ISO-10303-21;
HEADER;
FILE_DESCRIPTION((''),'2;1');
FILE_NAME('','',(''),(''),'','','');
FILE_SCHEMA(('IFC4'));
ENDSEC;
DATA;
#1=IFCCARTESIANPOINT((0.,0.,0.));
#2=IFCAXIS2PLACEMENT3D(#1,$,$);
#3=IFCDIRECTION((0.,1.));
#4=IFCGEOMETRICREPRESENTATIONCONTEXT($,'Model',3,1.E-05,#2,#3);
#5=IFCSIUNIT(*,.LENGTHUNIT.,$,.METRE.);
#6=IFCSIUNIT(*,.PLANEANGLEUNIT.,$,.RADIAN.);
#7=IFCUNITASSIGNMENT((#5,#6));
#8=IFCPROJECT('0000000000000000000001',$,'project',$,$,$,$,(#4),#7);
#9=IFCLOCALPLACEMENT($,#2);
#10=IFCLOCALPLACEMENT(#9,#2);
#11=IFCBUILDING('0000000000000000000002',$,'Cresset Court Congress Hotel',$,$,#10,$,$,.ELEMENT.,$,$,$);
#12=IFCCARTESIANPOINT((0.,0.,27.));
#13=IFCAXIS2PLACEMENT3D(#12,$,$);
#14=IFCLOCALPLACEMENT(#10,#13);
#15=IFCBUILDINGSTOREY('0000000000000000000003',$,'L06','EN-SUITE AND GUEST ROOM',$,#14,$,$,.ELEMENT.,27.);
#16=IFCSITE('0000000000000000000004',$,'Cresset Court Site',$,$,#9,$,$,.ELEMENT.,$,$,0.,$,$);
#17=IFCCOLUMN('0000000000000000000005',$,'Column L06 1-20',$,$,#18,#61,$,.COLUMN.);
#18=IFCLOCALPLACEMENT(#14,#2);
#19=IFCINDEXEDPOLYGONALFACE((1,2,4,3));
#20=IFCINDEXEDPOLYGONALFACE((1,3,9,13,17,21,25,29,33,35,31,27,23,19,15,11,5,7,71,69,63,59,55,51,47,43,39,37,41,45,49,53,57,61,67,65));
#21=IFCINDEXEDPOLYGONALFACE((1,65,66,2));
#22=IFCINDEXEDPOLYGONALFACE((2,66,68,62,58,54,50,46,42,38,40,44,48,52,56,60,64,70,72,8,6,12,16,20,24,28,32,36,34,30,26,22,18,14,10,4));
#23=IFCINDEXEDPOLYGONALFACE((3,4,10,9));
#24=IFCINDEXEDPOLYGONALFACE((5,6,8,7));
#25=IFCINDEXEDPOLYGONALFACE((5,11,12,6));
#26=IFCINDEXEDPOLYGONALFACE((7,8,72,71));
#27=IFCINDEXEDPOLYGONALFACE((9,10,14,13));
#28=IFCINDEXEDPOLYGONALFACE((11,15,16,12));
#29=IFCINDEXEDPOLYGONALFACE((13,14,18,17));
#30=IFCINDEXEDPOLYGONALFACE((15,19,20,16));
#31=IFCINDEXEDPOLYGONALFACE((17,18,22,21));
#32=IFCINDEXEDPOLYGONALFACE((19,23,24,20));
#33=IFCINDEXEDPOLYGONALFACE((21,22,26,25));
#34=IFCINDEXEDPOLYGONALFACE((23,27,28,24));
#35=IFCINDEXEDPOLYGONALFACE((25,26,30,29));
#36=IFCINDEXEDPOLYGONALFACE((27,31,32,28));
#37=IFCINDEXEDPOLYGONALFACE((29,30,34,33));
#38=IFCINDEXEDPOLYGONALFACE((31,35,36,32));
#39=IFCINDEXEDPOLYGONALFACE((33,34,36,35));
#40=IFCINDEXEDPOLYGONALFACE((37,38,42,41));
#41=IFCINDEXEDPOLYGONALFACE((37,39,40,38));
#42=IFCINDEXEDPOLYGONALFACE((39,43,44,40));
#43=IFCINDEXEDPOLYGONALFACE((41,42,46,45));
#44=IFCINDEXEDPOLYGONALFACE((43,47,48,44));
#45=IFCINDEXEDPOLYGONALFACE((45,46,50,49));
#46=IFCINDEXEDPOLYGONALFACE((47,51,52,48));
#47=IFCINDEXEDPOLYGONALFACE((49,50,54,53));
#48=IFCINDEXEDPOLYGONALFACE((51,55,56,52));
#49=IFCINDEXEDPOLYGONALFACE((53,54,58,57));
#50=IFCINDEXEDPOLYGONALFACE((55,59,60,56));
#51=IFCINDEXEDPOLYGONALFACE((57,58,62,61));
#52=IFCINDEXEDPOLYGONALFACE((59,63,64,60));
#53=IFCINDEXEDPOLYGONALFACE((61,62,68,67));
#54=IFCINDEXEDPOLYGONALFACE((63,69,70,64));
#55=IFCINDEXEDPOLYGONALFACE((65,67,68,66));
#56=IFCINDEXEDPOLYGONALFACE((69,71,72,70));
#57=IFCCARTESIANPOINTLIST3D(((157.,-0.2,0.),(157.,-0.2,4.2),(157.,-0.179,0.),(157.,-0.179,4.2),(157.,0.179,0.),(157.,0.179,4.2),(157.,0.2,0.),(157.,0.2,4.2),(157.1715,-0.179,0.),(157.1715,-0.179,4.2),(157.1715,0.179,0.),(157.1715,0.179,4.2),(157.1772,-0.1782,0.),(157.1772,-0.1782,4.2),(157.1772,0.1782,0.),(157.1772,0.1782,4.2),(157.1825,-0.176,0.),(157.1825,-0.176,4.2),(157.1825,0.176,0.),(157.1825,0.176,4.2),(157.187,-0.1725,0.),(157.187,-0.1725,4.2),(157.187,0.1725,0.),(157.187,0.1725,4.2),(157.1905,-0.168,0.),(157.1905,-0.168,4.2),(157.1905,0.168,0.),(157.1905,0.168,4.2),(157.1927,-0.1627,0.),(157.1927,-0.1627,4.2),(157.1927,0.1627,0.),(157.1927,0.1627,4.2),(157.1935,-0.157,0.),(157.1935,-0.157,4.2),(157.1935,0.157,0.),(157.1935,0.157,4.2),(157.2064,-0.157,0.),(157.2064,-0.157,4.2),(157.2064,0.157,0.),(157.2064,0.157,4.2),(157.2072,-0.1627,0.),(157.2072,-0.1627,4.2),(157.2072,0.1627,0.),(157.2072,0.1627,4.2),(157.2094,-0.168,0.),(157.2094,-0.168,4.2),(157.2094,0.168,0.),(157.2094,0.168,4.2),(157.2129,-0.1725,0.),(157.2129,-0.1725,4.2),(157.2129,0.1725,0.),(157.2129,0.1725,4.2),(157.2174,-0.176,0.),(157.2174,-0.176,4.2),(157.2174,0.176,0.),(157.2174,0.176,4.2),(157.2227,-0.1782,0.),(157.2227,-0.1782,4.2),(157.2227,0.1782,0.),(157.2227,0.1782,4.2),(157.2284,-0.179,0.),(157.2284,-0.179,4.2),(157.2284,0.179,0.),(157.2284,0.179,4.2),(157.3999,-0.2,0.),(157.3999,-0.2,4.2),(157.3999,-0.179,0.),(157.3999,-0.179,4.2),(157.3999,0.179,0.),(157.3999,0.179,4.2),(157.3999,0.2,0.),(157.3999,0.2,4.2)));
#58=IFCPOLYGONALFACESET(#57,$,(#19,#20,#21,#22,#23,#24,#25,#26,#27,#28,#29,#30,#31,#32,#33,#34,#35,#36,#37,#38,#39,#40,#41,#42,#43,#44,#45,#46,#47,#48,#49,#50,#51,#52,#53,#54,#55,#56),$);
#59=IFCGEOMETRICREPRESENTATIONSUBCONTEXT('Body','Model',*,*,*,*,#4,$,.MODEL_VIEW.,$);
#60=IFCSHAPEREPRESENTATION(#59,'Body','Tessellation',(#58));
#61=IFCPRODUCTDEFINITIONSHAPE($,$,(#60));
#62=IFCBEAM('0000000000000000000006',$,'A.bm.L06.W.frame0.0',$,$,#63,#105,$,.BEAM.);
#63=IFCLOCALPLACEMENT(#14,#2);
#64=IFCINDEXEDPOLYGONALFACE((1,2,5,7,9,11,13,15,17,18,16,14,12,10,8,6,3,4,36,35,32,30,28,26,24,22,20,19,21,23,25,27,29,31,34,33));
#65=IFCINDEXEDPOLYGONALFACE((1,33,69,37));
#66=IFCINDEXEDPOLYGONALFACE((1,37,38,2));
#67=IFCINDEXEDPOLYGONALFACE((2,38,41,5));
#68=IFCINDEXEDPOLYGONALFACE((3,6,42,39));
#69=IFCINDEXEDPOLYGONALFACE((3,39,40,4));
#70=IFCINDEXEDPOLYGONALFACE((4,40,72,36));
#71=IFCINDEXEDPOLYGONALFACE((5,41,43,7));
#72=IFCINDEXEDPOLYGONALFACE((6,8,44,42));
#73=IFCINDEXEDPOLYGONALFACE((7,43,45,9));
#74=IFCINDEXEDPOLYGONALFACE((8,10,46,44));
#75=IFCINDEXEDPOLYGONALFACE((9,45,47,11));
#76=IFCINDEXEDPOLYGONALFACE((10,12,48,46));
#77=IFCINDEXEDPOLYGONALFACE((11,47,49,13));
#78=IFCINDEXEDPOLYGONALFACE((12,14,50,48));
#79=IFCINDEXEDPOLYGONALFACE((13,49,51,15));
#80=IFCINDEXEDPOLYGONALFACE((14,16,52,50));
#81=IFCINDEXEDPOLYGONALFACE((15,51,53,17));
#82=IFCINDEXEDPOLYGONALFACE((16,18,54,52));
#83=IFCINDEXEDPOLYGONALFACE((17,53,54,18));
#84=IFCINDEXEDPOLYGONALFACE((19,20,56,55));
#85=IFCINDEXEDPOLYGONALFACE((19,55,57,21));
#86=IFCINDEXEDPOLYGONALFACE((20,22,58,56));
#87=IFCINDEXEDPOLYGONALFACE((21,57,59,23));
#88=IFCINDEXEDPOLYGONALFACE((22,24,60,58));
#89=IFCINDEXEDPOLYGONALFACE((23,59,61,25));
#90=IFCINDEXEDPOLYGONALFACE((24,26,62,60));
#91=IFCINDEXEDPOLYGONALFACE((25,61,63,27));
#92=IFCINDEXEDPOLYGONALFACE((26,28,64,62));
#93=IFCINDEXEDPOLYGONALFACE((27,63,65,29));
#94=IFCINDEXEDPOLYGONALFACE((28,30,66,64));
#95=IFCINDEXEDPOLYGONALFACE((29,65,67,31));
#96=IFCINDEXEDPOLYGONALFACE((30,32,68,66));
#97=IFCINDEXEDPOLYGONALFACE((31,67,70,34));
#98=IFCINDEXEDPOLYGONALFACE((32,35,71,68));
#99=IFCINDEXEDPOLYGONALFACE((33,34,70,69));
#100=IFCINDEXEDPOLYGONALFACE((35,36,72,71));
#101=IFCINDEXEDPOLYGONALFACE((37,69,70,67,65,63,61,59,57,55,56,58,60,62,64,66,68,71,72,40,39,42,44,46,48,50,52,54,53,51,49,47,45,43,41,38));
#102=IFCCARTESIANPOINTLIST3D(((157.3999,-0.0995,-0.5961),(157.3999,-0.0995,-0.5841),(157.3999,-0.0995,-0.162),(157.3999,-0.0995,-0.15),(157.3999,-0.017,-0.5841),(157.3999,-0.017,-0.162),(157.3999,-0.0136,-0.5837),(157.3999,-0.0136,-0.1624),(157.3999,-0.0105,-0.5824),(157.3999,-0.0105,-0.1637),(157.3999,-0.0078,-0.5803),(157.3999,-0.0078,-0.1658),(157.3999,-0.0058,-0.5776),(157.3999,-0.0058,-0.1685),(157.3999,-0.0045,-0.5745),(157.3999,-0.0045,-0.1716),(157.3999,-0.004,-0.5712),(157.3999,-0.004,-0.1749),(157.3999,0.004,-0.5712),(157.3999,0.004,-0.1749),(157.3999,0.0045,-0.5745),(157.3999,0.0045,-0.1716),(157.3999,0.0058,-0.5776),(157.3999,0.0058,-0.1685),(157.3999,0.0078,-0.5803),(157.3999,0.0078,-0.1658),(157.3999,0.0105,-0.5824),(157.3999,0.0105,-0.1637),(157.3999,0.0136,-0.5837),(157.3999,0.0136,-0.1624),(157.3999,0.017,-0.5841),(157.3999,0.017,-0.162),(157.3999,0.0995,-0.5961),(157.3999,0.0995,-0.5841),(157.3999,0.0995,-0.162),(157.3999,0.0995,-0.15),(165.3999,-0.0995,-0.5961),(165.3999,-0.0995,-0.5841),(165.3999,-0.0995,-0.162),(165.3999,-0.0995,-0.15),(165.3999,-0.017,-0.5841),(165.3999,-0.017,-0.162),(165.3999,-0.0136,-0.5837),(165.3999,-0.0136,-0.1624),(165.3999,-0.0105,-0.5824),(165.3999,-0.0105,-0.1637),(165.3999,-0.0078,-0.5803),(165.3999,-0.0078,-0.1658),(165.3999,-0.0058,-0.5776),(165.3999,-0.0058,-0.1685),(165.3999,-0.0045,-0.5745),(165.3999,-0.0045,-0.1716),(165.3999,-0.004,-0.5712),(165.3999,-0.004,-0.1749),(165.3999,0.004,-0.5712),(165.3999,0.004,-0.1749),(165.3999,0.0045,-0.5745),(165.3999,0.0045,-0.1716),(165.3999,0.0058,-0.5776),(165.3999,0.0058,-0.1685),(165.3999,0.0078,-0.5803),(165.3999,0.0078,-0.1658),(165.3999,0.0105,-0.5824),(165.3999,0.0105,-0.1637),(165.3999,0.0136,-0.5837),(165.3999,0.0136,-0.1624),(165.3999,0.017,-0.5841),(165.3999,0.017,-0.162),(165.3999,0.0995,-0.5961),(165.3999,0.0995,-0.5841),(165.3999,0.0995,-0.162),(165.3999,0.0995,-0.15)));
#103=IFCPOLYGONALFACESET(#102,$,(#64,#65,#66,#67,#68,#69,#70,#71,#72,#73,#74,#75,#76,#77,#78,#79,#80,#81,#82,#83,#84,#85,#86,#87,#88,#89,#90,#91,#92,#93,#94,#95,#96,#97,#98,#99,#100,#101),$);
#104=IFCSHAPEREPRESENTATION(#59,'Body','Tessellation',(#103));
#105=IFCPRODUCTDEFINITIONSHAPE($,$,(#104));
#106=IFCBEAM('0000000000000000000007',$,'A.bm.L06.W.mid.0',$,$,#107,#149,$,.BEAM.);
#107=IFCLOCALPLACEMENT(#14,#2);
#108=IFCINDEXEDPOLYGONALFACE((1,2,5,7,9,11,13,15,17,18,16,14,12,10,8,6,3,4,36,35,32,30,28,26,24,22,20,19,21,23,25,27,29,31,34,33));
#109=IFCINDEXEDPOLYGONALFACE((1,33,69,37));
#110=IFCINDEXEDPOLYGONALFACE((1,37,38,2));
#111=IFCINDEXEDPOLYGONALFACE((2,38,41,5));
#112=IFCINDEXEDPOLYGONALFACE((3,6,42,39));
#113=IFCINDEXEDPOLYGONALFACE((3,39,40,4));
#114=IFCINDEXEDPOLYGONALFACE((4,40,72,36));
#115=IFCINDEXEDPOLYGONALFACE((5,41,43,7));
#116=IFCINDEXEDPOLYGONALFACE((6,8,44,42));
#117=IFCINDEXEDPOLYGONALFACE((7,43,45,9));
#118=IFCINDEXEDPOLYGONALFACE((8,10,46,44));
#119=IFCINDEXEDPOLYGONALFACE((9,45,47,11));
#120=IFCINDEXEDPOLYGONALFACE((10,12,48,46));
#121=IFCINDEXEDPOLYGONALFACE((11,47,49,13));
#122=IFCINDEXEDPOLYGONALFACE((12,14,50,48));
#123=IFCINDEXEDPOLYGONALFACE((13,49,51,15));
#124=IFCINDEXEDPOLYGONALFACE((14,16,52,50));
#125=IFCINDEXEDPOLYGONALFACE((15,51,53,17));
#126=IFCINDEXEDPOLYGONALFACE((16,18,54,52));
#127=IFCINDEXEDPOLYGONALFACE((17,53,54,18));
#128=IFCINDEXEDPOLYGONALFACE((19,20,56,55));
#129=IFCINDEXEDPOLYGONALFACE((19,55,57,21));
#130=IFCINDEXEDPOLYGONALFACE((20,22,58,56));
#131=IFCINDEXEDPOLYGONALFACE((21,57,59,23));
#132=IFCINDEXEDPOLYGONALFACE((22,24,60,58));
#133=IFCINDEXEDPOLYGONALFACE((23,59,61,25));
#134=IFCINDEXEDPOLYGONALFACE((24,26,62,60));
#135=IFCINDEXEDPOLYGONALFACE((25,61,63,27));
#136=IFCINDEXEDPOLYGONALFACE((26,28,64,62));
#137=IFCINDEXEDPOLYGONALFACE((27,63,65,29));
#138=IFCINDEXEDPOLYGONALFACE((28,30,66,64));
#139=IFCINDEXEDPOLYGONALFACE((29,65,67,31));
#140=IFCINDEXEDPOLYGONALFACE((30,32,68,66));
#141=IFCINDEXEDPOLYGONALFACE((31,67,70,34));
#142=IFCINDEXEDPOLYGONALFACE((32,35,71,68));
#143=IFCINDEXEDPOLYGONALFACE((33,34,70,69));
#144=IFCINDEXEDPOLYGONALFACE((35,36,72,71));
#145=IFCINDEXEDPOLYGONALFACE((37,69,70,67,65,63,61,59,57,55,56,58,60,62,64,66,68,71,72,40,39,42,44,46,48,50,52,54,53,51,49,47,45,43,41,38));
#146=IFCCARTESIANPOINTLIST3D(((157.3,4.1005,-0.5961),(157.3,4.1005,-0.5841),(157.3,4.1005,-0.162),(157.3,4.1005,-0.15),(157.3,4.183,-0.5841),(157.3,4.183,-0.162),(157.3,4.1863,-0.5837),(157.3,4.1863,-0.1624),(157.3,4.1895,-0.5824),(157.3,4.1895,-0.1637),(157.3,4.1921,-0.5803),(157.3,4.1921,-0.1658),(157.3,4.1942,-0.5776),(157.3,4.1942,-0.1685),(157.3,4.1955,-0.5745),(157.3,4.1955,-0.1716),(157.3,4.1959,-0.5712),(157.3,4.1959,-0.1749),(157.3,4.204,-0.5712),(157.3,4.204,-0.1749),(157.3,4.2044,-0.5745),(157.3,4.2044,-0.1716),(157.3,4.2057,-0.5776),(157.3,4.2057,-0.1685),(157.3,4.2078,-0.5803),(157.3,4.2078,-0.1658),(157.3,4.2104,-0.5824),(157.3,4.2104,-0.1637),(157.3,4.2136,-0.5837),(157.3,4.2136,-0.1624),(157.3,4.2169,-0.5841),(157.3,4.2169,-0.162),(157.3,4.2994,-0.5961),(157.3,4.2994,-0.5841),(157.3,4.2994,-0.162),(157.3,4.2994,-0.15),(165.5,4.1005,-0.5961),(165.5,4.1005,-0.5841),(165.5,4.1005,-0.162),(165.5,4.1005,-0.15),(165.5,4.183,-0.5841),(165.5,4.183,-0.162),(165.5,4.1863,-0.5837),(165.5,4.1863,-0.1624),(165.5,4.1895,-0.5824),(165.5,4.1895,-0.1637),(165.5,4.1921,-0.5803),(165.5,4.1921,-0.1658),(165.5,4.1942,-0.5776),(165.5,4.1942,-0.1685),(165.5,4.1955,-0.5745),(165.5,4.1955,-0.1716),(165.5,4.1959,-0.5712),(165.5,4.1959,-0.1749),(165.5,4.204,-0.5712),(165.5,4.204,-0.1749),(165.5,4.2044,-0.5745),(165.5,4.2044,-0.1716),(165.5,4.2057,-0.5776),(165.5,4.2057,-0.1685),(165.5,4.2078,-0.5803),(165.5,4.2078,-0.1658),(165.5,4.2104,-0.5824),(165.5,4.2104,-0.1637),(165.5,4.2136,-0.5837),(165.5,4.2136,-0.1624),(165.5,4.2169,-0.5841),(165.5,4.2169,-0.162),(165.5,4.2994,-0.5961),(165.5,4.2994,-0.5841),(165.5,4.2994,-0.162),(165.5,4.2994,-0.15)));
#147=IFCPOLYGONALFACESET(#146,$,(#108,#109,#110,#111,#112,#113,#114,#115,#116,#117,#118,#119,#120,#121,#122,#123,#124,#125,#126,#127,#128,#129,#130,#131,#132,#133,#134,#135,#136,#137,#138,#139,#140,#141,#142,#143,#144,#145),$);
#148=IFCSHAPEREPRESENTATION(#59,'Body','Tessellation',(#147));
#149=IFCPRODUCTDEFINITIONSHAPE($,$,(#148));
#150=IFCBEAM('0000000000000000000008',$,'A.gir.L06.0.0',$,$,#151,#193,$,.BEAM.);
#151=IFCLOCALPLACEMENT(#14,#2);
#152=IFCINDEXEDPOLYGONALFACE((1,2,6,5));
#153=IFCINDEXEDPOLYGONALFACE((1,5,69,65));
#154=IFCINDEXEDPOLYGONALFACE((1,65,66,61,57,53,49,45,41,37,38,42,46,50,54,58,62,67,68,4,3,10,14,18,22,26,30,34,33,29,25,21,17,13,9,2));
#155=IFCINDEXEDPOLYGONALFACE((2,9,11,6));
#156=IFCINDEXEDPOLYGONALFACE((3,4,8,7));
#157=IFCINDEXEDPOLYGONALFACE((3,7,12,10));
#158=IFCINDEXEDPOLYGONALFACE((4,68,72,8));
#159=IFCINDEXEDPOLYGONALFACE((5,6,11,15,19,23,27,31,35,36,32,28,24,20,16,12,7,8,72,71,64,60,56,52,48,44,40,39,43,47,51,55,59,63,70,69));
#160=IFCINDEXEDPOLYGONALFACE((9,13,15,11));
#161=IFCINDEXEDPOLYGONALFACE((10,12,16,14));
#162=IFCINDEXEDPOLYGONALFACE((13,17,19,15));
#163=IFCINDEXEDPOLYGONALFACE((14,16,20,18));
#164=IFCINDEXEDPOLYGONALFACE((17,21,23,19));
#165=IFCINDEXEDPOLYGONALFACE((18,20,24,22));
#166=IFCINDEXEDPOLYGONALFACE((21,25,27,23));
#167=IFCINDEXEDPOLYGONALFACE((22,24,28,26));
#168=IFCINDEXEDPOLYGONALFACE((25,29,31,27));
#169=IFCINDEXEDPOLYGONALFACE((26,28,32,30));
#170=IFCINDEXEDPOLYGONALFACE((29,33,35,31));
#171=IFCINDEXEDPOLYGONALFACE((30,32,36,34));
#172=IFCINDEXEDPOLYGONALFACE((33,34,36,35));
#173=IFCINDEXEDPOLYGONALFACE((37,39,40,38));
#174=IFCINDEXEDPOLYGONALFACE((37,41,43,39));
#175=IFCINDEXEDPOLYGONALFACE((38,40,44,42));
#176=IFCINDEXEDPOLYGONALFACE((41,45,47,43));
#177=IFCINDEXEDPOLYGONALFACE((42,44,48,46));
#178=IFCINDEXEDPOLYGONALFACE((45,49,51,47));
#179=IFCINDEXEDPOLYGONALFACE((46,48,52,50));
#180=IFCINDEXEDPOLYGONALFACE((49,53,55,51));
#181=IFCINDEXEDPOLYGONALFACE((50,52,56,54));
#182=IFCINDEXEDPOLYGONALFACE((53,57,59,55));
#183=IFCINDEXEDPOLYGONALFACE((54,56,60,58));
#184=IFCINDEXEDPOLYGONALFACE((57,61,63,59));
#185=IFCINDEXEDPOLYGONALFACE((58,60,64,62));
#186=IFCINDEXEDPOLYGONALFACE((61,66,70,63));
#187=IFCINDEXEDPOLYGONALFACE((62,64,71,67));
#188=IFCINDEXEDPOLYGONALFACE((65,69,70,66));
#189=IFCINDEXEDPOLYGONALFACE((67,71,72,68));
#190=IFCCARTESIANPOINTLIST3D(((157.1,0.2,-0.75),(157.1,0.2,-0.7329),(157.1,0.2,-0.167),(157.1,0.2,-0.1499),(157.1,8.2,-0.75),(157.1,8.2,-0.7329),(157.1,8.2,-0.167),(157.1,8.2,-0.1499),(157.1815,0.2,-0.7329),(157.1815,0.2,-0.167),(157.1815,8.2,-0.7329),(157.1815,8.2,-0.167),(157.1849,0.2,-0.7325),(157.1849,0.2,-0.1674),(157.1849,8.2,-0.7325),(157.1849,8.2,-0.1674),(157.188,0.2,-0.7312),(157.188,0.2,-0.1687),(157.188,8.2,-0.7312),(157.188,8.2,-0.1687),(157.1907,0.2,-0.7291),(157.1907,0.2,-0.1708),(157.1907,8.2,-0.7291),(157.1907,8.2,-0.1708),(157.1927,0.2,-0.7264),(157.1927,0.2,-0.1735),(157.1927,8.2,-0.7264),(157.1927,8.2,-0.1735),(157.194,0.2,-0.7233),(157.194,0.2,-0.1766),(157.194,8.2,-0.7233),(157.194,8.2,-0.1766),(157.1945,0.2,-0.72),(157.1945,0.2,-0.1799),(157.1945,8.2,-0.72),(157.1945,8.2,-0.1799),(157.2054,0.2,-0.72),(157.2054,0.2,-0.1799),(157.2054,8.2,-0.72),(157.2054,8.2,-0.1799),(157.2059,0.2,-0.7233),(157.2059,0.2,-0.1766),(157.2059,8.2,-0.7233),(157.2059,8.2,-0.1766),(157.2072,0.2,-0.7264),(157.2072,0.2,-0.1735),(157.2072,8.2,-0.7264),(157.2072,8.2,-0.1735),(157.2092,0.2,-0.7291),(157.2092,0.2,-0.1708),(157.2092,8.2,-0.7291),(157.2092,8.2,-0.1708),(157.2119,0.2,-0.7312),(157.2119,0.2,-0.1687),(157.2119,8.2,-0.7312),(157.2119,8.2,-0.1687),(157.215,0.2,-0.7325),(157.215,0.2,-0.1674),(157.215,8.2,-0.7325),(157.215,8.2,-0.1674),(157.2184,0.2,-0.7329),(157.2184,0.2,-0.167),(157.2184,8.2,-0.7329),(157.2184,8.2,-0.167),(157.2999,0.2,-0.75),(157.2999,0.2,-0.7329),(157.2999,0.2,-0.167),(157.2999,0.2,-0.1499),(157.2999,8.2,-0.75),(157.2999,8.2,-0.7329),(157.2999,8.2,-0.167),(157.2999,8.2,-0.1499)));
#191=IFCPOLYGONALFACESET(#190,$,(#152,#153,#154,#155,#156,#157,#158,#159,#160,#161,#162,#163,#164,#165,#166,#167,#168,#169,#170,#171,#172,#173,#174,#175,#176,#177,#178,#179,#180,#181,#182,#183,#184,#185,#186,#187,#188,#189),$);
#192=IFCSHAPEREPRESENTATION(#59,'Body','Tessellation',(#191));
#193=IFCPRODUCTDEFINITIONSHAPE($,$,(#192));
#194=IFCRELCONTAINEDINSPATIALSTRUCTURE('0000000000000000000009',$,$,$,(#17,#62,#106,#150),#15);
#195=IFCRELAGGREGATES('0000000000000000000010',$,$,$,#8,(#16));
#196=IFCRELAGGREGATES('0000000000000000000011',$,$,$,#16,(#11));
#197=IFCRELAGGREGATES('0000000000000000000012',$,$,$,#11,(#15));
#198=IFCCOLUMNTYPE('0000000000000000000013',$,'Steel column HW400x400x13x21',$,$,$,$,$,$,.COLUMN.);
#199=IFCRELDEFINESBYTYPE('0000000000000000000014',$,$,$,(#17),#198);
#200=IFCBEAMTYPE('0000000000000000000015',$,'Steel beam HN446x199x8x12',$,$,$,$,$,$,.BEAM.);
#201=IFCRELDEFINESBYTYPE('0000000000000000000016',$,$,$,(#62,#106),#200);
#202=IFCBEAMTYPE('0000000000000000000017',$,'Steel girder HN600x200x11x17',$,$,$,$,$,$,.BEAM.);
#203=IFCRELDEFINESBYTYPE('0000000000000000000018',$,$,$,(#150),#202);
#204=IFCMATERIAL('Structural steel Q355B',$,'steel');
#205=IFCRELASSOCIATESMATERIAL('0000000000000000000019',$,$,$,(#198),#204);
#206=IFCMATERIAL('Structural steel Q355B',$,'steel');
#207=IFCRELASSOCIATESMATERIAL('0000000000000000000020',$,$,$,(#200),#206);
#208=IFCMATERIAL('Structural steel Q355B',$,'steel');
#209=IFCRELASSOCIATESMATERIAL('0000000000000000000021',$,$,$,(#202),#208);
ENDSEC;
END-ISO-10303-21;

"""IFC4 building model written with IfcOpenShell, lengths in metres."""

from ifc_helpers import new_model, si_unit, direction, frame, origin, origin_2d, place, context, subcontext, project, spatial, i_section, extrude, material, material_profile, profile_set, type_object, element, save


model = new_model("IFC4")

# Units and contexts
model_context = context("Model", 3, precision=1e-05, world=origin(), true_north=direction((0.0, 1.0)))
body_context = subcontext(model_context, "Body", "Model", "MODEL_VIEW")
ifc_project = project(units=[si_unit("LENGTHUNIT", "METRE"), si_unit("PLANEANGLEUNIT", "RADIAN")], contexts=[model_context])

# Site, building, storey
site_placement = place(None, origin())
site = spatial("IfcSite", under=ifc_project, at=site_placement, Name="Cresset Court Site", CompositionType="ELEMENT", RefElevation=0.0)
building_placement = place(site_placement, origin())
building = spatial("IfcBuilding", under=site, at=building_placement, Name="Cresset Court Congress Hotel", CompositionType="ELEMENT")
storey_placement = place(building_placement, frame((0.0, 0.0, 27.0)))
storey = spatial("IfcBuildingStorey", under=building, at=storey_placement, Name="L06", Description="EN-SUITE AND GUEST ROOM", CompositionType="ELEMENT", Elevation=27.0)

# Column
ifc_material_1 = material(Name="Structural steel Q355B", Category="steel")
ifc_material_profile_1 = material_profile(ifc_material_1, i_section(OverallWidth=0.3999, OverallDepth=0.3999, WebThickness=0.0129, FlangeThickness=0.021, FilletRadius=0.022, at=origin_2d()), Name="HW400x400x13x21")
ifc_profile_set_1 = profile_set([ifc_material_profile_1], Name="Structural steel Q355B")
column_type = type_object("IfcColumnType", Name="Steel column HW400x400x13x21", PredefinedType="COLUMN", material=ifc_profile_set_1)
column_placement = place(storey_placement, frame((157.2, 0.0, 0.0), z_axis=(0.0, 0.0, 1.0), x_axis=(1.0, 0.0, 0.0)))
element("IfcColumn", 1, at=column_placement, inside=storey, type_object=column_type, Name="Column L06 1-20", PredefinedType="COLUMN", context=body_context, shape_type="SweptSolid", body=[
    extrude(i_section(OverallWidth=0.3999, OverallDepth=0.3999, WebThickness=0.0129, FlangeThickness=0.021, FilletRadius=0.022, at=origin_2d()), origin(), (0.0, 0.0, 1.0), 4.2),
])

# Beams
ifc_material_2 = material(Name="Structural steel Q355B", Category="steel")
ifc_material_profile_2 = material_profile(ifc_material_2, i_section(OverallWidth=0.199, OverallDepth=0.446, WebThickness=0.0081, FlangeThickness=0.012, FilletRadius=0.0129, at=origin_2d()), Name="HN446x199x8x12")
ifc_profile_set_2 = profile_set([ifc_material_profile_2], Name="Structural steel Q355B")
beam_type_1 = type_object("IfcBeamType", Name="Steel beam HN446x199x8x12", PredefinedType="BEAM", material=ifc_profile_set_2)
beam_1_placement = place(storey_placement, frame((157.3999, 0.0, -0.373), z_axis=(1.0, 0.0, 0.0), x_axis=(0.0, 1.0, 0.0)))
element("IfcBeam", 2, at=beam_1_placement, inside=storey, type_object=beam_type_1, Name="A.bm.L06.W.frame0.0", PredefinedType="BEAM", context=body_context, shape_type="SweptSolid", body=[
    extrude(i_section(OverallWidth=0.199, OverallDepth=0.446, WebThickness=0.0081, FlangeThickness=0.012, FilletRadius=0.0129, at=origin_2d()), origin(), (0.0, 0.0, 1.0), 8.0),
])
beam_2_placement = place(storey_placement, frame((157.3, 4.2, -0.373), z_axis=(1.0, 0.0, 0.0), x_axis=(0.0, 1.0, 0.0)))
element("IfcBeam", 3, at=beam_2_placement, inside=storey, type_object=beam_type_1, Name="A.bm.L06.W.mid.0", PredefinedType="BEAM", context=body_context, shape_type="SweptSolid", body=[
    extrude(i_section(OverallWidth=0.199, OverallDepth=0.446, WebThickness=0.0081, FlangeThickness=0.012, FilletRadius=0.0129, at=origin_2d()), origin(), (0.0, 0.0, 1.0), 8.2),
])
ifc_material_3 = material(Name="Structural steel Q355B", Category="steel")
ifc_material_profile_3 = material_profile(ifc_material_3, i_section(OverallWidth=0.2, OverallDepth=0.6001, WebThickness=0.011, FlangeThickness=0.0171, FilletRadius=0.0129, at=origin_2d()), Name="HN600x200x11x17")
ifc_profile_set_3 = profile_set([ifc_material_profile_3], Name="Structural steel Q355B")
beam_type_2 = type_object("IfcBeamType", Name="Steel girder HN600x200x11x17", PredefinedType="BEAM", material=ifc_profile_set_3)
beam_3_placement = place(storey_placement, frame((157.2, 0.2, -0.45), z_axis=(0.0, 1.0, 0.0), x_axis=(-1.0, 0.0, 0.0)))
element("IfcBeam", 4, at=beam_3_placement, inside=storey, type_object=beam_type_2, Name="A.gir.L06.0.0", PredefinedType="BEAM", context=body_context, shape_type="SweptSolid", body=[
    extrude(i_section(OverallWidth=0.2, OverallDepth=0.6001, WebThickness=0.011, FlangeThickness=0.0171, FilletRadius=0.0129, at=origin_2d()), origin(), (0.0, 0.0, 1.0), 8.0),
])

save(model, "model.ifc")
